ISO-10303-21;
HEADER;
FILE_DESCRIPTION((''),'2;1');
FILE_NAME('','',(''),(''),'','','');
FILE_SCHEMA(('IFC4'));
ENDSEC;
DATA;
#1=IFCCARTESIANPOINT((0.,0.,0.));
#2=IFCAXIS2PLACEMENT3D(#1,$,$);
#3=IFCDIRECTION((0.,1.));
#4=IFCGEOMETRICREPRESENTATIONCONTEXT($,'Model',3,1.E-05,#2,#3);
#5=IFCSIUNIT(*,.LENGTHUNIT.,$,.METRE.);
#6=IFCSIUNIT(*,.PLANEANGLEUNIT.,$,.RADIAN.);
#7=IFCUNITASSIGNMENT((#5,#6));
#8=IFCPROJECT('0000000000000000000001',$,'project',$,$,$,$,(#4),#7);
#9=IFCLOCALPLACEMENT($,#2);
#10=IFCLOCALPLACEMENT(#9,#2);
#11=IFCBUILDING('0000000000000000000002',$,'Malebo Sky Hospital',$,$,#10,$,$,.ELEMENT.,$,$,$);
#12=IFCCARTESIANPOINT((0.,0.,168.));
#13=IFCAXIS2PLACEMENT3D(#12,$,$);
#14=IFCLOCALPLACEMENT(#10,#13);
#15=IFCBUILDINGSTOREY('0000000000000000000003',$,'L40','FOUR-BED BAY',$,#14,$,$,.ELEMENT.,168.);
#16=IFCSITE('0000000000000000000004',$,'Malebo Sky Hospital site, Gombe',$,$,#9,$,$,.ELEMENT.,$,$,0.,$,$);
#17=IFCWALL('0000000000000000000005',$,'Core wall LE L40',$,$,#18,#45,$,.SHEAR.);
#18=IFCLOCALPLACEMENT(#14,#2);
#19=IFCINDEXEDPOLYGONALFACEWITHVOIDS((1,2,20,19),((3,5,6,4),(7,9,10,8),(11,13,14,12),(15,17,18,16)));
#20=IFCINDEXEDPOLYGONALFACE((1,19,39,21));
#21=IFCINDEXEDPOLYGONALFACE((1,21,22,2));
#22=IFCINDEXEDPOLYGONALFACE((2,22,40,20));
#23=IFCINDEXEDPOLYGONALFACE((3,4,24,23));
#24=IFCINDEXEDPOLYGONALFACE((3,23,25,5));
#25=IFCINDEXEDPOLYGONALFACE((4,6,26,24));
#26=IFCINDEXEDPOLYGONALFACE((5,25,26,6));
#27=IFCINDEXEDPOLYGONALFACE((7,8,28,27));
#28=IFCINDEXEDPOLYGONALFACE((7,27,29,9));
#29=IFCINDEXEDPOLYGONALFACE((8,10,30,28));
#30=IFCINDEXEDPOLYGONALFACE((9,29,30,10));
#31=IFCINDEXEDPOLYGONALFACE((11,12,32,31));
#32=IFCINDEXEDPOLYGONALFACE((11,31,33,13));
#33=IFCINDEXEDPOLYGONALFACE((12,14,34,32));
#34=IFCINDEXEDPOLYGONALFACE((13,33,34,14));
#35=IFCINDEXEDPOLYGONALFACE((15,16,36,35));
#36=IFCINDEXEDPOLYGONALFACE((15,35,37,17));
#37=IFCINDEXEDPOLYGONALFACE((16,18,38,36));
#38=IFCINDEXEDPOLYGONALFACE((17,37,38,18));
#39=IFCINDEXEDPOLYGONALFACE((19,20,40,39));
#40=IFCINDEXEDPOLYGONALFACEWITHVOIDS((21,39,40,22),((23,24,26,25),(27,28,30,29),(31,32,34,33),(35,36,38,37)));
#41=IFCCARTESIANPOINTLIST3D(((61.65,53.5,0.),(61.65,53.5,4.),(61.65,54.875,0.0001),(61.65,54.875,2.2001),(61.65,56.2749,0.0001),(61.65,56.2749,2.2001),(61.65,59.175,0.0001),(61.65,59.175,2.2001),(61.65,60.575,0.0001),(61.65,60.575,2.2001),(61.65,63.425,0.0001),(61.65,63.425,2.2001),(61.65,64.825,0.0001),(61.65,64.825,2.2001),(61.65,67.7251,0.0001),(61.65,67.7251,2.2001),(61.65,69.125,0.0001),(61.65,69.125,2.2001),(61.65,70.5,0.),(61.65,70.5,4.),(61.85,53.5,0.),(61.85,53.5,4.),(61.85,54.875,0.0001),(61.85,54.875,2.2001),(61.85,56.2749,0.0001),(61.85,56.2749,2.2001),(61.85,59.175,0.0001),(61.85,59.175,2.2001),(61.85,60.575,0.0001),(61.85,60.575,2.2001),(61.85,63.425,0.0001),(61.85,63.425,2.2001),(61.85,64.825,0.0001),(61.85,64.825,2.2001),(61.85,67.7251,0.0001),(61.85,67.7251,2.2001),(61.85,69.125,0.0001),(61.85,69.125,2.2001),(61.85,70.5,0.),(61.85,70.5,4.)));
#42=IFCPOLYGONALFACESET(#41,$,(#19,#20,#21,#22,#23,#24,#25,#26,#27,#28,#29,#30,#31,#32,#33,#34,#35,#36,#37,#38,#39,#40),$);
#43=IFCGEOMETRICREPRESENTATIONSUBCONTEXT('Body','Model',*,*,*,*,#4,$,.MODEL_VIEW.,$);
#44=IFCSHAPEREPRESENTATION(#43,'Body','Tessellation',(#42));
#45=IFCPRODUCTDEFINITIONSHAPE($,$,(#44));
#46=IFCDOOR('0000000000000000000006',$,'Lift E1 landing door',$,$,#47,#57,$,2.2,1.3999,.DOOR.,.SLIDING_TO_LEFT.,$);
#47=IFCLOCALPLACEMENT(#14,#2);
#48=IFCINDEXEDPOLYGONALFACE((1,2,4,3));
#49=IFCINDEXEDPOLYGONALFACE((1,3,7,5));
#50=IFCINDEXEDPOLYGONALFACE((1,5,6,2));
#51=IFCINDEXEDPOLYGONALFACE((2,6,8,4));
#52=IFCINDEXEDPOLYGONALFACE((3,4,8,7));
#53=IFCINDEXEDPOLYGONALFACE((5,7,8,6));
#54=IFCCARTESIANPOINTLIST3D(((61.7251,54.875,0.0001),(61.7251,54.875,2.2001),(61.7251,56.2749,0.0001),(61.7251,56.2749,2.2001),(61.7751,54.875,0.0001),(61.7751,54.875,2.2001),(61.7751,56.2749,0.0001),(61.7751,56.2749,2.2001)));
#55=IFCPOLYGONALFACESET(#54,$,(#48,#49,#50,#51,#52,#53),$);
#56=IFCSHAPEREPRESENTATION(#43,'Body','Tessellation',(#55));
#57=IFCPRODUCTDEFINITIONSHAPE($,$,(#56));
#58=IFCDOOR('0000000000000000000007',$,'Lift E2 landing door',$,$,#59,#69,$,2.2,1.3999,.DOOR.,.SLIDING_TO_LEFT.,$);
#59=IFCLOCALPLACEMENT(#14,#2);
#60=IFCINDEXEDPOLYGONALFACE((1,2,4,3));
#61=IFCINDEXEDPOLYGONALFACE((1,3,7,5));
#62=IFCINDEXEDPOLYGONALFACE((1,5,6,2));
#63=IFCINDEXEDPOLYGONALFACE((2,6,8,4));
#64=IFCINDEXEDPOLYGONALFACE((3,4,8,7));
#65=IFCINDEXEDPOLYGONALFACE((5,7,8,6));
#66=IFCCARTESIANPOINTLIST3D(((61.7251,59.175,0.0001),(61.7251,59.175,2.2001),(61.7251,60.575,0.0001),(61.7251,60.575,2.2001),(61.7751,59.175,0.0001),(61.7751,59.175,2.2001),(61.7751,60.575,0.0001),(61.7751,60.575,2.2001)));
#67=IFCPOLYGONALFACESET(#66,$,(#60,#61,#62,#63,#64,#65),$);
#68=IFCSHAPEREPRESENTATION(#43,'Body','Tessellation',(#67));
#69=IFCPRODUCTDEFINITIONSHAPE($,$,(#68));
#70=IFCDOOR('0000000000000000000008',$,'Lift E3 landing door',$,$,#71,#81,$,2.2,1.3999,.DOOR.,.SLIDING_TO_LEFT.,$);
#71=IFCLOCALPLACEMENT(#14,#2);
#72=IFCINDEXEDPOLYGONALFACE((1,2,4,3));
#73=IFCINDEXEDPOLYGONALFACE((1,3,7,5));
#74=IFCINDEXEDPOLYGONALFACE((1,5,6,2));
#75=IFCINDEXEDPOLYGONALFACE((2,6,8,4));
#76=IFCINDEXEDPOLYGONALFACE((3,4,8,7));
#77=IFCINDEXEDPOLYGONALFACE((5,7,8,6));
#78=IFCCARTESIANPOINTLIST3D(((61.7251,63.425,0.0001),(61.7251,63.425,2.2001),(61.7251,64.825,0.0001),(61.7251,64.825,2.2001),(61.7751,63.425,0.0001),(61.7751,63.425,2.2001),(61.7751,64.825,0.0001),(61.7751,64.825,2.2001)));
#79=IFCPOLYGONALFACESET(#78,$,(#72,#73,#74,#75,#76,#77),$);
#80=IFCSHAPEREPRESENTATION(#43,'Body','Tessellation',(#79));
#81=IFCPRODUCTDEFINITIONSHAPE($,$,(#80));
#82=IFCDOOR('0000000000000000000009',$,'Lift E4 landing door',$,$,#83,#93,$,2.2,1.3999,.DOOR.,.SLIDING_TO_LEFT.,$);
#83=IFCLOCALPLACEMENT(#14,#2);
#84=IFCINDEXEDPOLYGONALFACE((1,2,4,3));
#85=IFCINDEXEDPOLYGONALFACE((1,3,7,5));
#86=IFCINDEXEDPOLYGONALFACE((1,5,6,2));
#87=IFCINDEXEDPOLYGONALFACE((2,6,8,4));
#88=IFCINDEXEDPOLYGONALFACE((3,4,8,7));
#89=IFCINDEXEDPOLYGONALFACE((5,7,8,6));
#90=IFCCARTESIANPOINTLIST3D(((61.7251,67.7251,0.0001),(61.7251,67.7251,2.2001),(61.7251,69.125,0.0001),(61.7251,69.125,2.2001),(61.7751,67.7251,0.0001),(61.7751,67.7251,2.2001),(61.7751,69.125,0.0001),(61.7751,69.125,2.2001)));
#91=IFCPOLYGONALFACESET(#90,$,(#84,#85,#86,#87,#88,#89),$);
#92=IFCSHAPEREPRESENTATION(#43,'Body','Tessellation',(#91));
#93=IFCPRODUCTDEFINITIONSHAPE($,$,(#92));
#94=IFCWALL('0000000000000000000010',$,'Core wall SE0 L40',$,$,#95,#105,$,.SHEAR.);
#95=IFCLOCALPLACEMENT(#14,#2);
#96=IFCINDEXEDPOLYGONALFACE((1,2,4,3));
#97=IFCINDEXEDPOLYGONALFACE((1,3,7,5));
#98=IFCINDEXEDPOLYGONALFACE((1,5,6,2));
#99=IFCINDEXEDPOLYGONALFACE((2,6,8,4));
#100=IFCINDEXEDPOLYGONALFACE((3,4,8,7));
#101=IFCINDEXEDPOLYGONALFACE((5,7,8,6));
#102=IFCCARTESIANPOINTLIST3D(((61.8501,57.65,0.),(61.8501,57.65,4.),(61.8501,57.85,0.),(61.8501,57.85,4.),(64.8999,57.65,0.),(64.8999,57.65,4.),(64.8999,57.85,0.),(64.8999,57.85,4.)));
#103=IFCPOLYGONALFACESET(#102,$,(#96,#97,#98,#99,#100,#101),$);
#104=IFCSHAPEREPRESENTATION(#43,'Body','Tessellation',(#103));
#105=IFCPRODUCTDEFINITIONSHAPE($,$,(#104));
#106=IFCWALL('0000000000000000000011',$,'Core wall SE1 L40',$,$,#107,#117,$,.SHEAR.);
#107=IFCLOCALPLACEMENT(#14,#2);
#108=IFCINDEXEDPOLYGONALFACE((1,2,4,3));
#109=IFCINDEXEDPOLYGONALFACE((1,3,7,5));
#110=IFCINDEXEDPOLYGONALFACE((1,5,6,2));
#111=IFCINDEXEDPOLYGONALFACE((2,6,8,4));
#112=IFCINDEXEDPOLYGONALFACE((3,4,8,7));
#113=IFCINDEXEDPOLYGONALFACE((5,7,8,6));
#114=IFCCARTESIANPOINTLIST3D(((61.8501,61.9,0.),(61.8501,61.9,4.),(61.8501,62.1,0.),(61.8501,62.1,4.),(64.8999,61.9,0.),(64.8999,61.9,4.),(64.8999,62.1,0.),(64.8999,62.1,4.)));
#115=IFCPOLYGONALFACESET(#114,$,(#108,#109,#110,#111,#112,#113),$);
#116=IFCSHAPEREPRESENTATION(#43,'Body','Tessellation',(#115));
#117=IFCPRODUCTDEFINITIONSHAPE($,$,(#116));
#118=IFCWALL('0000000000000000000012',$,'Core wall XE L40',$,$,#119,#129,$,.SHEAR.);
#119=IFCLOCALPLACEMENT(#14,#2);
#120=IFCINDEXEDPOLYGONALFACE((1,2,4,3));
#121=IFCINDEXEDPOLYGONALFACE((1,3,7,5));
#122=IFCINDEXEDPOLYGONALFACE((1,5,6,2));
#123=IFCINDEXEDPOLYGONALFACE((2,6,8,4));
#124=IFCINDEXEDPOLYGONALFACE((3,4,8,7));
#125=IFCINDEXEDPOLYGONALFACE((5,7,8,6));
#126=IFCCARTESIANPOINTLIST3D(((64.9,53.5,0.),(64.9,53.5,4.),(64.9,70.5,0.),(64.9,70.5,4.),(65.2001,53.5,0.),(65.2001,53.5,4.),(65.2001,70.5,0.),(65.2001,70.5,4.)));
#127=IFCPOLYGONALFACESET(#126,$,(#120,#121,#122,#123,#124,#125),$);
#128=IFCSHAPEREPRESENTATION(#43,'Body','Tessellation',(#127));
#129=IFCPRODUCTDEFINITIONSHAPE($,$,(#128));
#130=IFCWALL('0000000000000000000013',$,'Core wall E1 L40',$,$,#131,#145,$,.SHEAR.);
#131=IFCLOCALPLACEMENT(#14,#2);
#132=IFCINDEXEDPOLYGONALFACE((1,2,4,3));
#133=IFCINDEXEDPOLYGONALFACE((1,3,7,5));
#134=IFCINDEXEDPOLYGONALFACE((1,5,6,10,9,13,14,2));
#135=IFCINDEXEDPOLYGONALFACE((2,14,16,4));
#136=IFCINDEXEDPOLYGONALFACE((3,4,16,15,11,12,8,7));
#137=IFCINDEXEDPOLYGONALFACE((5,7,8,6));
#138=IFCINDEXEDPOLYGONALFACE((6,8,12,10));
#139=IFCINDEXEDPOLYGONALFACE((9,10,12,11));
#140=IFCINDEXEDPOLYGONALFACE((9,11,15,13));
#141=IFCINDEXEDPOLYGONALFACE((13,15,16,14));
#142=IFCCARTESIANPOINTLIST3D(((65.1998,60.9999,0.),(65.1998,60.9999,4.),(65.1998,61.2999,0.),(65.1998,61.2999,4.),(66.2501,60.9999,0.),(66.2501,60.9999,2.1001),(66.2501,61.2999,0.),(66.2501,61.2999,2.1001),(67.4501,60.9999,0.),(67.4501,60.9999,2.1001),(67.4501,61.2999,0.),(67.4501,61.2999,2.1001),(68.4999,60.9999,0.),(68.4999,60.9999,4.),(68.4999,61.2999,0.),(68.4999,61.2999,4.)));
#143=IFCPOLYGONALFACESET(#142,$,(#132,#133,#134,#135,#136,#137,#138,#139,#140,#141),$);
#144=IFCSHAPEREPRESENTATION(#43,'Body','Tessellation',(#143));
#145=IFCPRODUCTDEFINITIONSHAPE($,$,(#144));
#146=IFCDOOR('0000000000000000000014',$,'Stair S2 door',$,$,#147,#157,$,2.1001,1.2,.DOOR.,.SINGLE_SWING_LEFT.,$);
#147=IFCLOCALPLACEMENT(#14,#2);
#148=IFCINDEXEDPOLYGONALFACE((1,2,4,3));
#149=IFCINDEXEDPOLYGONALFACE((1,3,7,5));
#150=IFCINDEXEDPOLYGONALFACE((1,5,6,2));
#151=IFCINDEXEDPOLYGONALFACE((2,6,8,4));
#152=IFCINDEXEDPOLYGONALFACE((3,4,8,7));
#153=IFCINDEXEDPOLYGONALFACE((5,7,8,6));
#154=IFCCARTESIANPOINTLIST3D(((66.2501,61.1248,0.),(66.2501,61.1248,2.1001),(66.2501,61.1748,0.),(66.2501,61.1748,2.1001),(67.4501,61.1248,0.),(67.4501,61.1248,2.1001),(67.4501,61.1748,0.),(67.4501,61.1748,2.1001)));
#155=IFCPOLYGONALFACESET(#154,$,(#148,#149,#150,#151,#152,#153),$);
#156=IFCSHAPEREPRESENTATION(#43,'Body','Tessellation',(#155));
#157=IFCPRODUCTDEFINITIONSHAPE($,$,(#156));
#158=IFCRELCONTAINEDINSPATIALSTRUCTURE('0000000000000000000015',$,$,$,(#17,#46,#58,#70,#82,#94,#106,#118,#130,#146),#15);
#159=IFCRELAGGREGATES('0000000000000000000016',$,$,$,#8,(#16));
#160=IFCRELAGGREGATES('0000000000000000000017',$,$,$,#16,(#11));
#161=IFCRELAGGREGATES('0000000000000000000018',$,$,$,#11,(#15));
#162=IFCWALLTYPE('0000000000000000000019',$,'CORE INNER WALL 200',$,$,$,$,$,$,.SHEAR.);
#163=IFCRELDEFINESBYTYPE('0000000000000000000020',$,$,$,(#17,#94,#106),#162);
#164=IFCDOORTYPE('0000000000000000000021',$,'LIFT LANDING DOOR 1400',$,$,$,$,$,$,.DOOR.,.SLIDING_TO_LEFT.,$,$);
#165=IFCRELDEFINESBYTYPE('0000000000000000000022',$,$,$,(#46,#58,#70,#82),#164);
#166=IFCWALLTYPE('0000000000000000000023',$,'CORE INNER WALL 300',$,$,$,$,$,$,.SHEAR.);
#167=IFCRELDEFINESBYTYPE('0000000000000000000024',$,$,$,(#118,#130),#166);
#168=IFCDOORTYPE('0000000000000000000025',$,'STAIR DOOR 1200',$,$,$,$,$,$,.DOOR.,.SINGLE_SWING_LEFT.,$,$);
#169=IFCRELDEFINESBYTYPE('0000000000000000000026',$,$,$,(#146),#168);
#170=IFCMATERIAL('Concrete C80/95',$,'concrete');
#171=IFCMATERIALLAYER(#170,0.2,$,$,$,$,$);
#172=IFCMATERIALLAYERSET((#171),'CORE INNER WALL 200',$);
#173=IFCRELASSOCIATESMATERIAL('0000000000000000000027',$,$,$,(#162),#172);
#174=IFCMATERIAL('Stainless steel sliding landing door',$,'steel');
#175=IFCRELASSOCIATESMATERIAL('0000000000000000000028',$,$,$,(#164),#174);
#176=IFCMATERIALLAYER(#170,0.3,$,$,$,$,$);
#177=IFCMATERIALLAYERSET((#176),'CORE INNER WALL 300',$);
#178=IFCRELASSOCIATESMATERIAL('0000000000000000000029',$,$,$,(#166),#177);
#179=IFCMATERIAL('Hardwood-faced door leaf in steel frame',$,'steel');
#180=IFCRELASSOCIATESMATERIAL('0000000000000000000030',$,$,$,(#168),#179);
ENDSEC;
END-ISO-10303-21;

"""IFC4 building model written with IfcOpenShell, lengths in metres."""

from ifc_helpers import new_model, si_unit, direction, frame, frame_2d, origin, place, context, subcontext, project, spatial, rectangle, extrude, material, layer, layer_set, type_object, element, fill, save


model = new_model("IFC4")

# Units and contexts
model_context = context("Model", 3, precision=1e-05, world=origin(), true_north=direction((0.0, 1.0)))
body_context = subcontext(model_context, "Body", "Model", "MODEL_VIEW")
ifc_project = project(units=[si_unit("LENGTHUNIT", "METRE"), si_unit("PLANEANGLEUNIT", "RADIAN")], contexts=[model_context])

# Site, building, storey
site_placement = place(None, origin())
site = spatial("IfcSite", under=ifc_project, at=site_placement, Name="Malebo Sky Hospital site, Gombe", CompositionType="ELEMENT", RefElevation=0.0)
building_placement = place(site_placement, origin())
building = spatial("IfcBuilding", under=site, at=building_placement, Name="Malebo Sky Hospital", CompositionType="ELEMENT")
storey_placement = place(building_placement, frame((0.0, 0.0, 168.0)))
storey = spatial("IfcBuildingStorey", under=building, at=storey_placement, Name="L40", Description="FOUR-BED BAY", CompositionType="ELEMENT", Elevation=168.0)

# Wall, openings, doors
ifc_material_1 = material(Name="Concrete C80/95", Category="concrete")
ifc_layer_1 = layer(ifc_material_1, 0.2)
ifc_layer_set_1 = layer_set([ifc_layer_1], Name="CORE INNER WALL 200")
wall_type_1 = type_object("IfcWallType", Name="CORE INNER WALL 200", PredefinedType="SHEAR", material=ifc_layer_set_1)
wall_1_placement = place(storey_placement, frame((61.75, 53.5, 0.0), z_axis=(0.0, 0.0, 1.0), x_axis=(0.0, 1.0, 0.0)))
wall_1 = element("IfcWall", 1, at=wall_1_placement, inside=storey, type_object=wall_type_1, Name="Core wall LE L40", PredefinedType="SHEAR", context=body_context, shape_type="SweptSolid", body=[
    extrude(rectangle(XDim=17.0, YDim=0.2, at=frame_2d((8.5, 0.0))), origin(), (0.0, 0.0, 1.0), 4.0),
])
opening_1_placement = place(wall_1_placement, frame((1.375, 0.0, 0.0)))
opening_1 = element("IfcOpeningElement", 2, at=opening_1_placement, cuts=wall_1, PredefinedType="OPENING", context=body_context, shape_type="SweptSolid", body=[
    extrude(rectangle(XDim=1.3999, YDim=2.2, at=frame_2d((0.7, 1.1001))), frame((0.0, 0.1099, 0.0), z_axis=(0.0, -1.0, 0.0), x_axis=(1.0, 0.0, 0.0)), (0.0, 0.0, 1.0), 0.22),
])
opening_2_placement = place(wall_1_placement, frame((5.675, 0.0, 0.0)))
opening_2 = element("IfcOpeningElement", 3, at=opening_2_placement, cuts=wall_1, PredefinedType="OPENING", context=body_context, shape_type="SweptSolid", body=[
    extrude(rectangle(XDim=1.3999, YDim=2.2, at=frame_2d((0.7, 1.1001))), frame((0.0, 0.1099, 0.0), z_axis=(0.0, -1.0, 0.0), x_axis=(1.0, 0.0, 0.0)), (0.0, 0.0, 1.0), 0.22),
])
opening_3_placement = place(wall_1_placement, frame((9.925, 0.0, 0.0)))
opening_3 = element("IfcOpeningElement", 4, at=opening_3_placement, cuts=wall_1, PredefinedType="OPENING", context=body_context, shape_type="SweptSolid", body=[
    extrude(rectangle(XDim=1.3999, YDim=2.2, at=frame_2d((0.7, 1.1001))), frame((0.0, 0.1099, 0.0), z_axis=(0.0, -1.0, 0.0), x_axis=(1.0, 0.0, 0.0)), (0.0, 0.0, 1.0), 0.22),
])
opening_4_placement = place(wall_1_placement, frame((14.2251, 0.0, 0.0)))
opening_4 = element("IfcOpeningElement", 5, at=opening_4_placement, cuts=wall_1, PredefinedType="OPENING", context=body_context, shape_type="SweptSolid", body=[
    extrude(rectangle(XDim=1.3999, YDim=2.2, at=frame_2d((0.7, 1.1001))), frame((0.0, 0.1099, 0.0), z_axis=(0.0, -1.0, 0.0), x_axis=(1.0, 0.0, 0.0)), (0.0, 0.0, 1.0), 0.22),
])
ifc_material_2 = material(Name="Stainless steel sliding landing door", Category="steel")
door_type_1 = type_object("IfcDoorType", Name="LIFT LANDING DOOR 1400", OperationType="SLIDING_TO_LEFT", PredefinedType="DOOR", material=ifc_material_2)
door_1_placement = place(opening_1_placement, origin())
door_1 = element("IfcDoor", 6, at=door_1_placement, inside=storey, type_object=door_type_1, Name="Lift E1 landing door", OperationType="SLIDING_TO_LEFT", OverallHeight=2.2, OverallWidth=1.3999, PredefinedType="DOOR", context=body_context, shape_type="SweptSolid", body=[
    extrude(rectangle(XDim=1.3999, YDim=2.2, at=frame_2d((0.7, 1.1001))), frame((0.0, 0.0249, 0.0), z_axis=(0.0, -1.0, 0.0), x_axis=(1.0, 0.0, 0.0)), (0.0, 0.0, 1.0), 0.05),
])
fill(opening_1, door_1)
door_2_placement = place(opening_2_placement, origin())
door_2 = element("IfcDoor", 7, at=door_2_placement, inside=storey, type_object=door_type_1, Name="Lift E2 landing door", OperationType="SLIDING_TO_LEFT", OverallHeight=2.2, OverallWidth=1.3999, PredefinedType="DOOR", context=body_context, shape_type="SweptSolid", body=[
    extrude(rectangle(XDim=1.3999, YDim=2.2, at=frame_2d((0.7, 1.1001))), frame((0.0, 0.0249, 0.0), z_axis=(0.0, -1.0, 0.0), x_axis=(1.0, 0.0, 0.0)), (0.0, 0.0, 1.0), 0.05),
])
fill(opening_2, door_2)
door_3_placement = place(opening_3_placement, origin())
door_3 = element("IfcDoor", 8, at=door_3_placement, inside=storey, type_object=door_type_1, Name="Lift E3 landing door", OperationType="SLIDING_TO_LEFT", OverallHeight=2.2, OverallWidth=1.3999, PredefinedType="DOOR", context=body_context, shape_type="SweptSolid", body=[
    extrude(rectangle(XDim=1.3999, YDim=2.2, at=frame_2d((0.7, 1.1001))), frame((0.0, 0.0249, 0.0), z_axis=(0.0, -1.0, 0.0), x_axis=(1.0, 0.0, 0.0)), (0.0, 0.0, 1.0), 0.05),
])
fill(opening_3, door_3)
door_4_placement = place(opening_4_placement, origin())
door_4 = element("IfcDoor", 9, at=door_4_placement, inside=storey, type_object=door_type_1, Name="Lift E4 landing door", OperationType="SLIDING_TO_LEFT", OverallHeight=2.2, OverallWidth=1.3999, PredefinedType="DOOR", context=body_context, shape_type="SweptSolid", body=[
    extrude(rectangle(XDim=1.3999, YDim=2.2, at=frame_2d((0.7, 1.1001))), frame((0.0, 0.0249, 0.0), z_axis=(0.0, -1.0, 0.0), x_axis=(1.0, 0.0, 0.0)), (0.0, 0.0, 1.0), 0.05),
])
fill(opening_4, door_4)

# Walls
for number, where, z_axis, x_axis, name in (
    (10, (61.8501, 57.75, 0.0), (0.0, 0.0, 1.0), (1.0, 0.0, 0.0), "Core wall SE0 L40"),
    (11, (61.8501, 62.0, 0.0), (0.0, 0.0, 1.0), (1.0, 0.0, 0.0), "Core wall SE1 L40"),
):
    element("IfcWall", number, at=place(storey_placement, frame(where, z_axis=z_axis, x_axis=x_axis)), inside=storey, type_object=wall_type_1, Name=name, PredefinedType="SHEAR", context=body_context, shape_type="SweptSolid", body=[
        extrude(rectangle(XDim=3.0498, YDim=0.2, at=frame_2d((1.5249, 0.0))), origin(), (0.0, 0.0, 1.0), 4.0),
    ])
ifc_layer_2 = layer(ifc_material_1, 0.3)
ifc_layer_set_2 = layer_set([ifc_layer_2], Name="CORE INNER WALL 300")
wall_type_2 = type_object("IfcWallType", Name="CORE INNER WALL 300", PredefinedType="SHEAR", material=ifc_layer_set_2)
wall_2_placement = place(storey_placement, frame((65.05, 53.5, 0.0), z_axis=(0.0, 0.0, 1.0), x_axis=(0.0, 1.0, 0.0)))
element("IfcWall", 12, at=wall_2_placement, inside=storey, type_object=wall_type_2, Name="Core wall XE L40", PredefinedType="SHEAR", context=body_context, shape_type="SweptSolid", body=[
    extrude(rectangle(XDim=17.0, YDim=0.3, at=frame_2d((8.5, 0.0))), origin(), (0.0, 0.0, 1.0), 4.0),
])

# Wall, opening, door
wall_3_placement = place(storey_placement, frame((65.2, 61.1499, 0.0), z_axis=(0.0, 0.0, 1.0), x_axis=(1.0, 0.0, 0.0)))
wall_3 = element("IfcWall", 13, at=wall_3_placement, inside=storey, type_object=wall_type_2, Name="Core wall E1 L40", PredefinedType="SHEAR", context=body_context, shape_type="SweptSolid", body=[
    extrude(rectangle(XDim=3.3, YDim=0.3, at=frame_2d((1.6499, 0.0))), origin(), (0.0, 0.0, 1.0), 4.0),
])
opening_5_placement = place(wall_3_placement, frame((1.05, 0.0, 0.0)))
opening_5 = element("IfcOpeningElement", 14, at=opening_5_placement, cuts=wall_3, PredefinedType="OPENING", context=body_context, shape_type="SweptSolid", body=[
    extrude(rectangle(XDim=1.2, YDim=2.1001, at=frame_2d((0.6001, 1.05))), frame((0.0, 0.1599, 0.0), z_axis=(0.0, -1.0, 0.0), x_axis=(1.0, 0.0, 0.0)), (0.0, 0.0, 1.0), 0.3201),
])
ifc_material_3 = material(Name="Hardwood-faced door leaf in steel frame", Category="steel")
door_type_2 = type_object("IfcDoorType", Name="STAIR DOOR 1200", OperationType="SINGLE_SWING_LEFT", PredefinedType="DOOR", material=ifc_material_3)
door_5_placement = place(opening_5_placement, origin())
door_5 = element("IfcDoor", 15, at=door_5_placement, inside=storey, type_object=door_type_2, Name="Stair S2 door", OperationType="SINGLE_SWING_LEFT", OverallHeight=2.1001, OverallWidth=1.2, PredefinedType="DOOR", context=body_context, shape_type="SweptSolid", body=[
    extrude(rectangle(XDim=1.2, YDim=2.1001, at=frame_2d((0.6001, 1.05))), frame((0.0, 0.0249, 0.0), z_axis=(0.0, -1.0, 0.0), x_axis=(1.0, 0.0, 0.0)), (0.0, 0.0, 1.0), 0.05),
])
fill(opening_5, door_5)

save(model, "model.ifc")
